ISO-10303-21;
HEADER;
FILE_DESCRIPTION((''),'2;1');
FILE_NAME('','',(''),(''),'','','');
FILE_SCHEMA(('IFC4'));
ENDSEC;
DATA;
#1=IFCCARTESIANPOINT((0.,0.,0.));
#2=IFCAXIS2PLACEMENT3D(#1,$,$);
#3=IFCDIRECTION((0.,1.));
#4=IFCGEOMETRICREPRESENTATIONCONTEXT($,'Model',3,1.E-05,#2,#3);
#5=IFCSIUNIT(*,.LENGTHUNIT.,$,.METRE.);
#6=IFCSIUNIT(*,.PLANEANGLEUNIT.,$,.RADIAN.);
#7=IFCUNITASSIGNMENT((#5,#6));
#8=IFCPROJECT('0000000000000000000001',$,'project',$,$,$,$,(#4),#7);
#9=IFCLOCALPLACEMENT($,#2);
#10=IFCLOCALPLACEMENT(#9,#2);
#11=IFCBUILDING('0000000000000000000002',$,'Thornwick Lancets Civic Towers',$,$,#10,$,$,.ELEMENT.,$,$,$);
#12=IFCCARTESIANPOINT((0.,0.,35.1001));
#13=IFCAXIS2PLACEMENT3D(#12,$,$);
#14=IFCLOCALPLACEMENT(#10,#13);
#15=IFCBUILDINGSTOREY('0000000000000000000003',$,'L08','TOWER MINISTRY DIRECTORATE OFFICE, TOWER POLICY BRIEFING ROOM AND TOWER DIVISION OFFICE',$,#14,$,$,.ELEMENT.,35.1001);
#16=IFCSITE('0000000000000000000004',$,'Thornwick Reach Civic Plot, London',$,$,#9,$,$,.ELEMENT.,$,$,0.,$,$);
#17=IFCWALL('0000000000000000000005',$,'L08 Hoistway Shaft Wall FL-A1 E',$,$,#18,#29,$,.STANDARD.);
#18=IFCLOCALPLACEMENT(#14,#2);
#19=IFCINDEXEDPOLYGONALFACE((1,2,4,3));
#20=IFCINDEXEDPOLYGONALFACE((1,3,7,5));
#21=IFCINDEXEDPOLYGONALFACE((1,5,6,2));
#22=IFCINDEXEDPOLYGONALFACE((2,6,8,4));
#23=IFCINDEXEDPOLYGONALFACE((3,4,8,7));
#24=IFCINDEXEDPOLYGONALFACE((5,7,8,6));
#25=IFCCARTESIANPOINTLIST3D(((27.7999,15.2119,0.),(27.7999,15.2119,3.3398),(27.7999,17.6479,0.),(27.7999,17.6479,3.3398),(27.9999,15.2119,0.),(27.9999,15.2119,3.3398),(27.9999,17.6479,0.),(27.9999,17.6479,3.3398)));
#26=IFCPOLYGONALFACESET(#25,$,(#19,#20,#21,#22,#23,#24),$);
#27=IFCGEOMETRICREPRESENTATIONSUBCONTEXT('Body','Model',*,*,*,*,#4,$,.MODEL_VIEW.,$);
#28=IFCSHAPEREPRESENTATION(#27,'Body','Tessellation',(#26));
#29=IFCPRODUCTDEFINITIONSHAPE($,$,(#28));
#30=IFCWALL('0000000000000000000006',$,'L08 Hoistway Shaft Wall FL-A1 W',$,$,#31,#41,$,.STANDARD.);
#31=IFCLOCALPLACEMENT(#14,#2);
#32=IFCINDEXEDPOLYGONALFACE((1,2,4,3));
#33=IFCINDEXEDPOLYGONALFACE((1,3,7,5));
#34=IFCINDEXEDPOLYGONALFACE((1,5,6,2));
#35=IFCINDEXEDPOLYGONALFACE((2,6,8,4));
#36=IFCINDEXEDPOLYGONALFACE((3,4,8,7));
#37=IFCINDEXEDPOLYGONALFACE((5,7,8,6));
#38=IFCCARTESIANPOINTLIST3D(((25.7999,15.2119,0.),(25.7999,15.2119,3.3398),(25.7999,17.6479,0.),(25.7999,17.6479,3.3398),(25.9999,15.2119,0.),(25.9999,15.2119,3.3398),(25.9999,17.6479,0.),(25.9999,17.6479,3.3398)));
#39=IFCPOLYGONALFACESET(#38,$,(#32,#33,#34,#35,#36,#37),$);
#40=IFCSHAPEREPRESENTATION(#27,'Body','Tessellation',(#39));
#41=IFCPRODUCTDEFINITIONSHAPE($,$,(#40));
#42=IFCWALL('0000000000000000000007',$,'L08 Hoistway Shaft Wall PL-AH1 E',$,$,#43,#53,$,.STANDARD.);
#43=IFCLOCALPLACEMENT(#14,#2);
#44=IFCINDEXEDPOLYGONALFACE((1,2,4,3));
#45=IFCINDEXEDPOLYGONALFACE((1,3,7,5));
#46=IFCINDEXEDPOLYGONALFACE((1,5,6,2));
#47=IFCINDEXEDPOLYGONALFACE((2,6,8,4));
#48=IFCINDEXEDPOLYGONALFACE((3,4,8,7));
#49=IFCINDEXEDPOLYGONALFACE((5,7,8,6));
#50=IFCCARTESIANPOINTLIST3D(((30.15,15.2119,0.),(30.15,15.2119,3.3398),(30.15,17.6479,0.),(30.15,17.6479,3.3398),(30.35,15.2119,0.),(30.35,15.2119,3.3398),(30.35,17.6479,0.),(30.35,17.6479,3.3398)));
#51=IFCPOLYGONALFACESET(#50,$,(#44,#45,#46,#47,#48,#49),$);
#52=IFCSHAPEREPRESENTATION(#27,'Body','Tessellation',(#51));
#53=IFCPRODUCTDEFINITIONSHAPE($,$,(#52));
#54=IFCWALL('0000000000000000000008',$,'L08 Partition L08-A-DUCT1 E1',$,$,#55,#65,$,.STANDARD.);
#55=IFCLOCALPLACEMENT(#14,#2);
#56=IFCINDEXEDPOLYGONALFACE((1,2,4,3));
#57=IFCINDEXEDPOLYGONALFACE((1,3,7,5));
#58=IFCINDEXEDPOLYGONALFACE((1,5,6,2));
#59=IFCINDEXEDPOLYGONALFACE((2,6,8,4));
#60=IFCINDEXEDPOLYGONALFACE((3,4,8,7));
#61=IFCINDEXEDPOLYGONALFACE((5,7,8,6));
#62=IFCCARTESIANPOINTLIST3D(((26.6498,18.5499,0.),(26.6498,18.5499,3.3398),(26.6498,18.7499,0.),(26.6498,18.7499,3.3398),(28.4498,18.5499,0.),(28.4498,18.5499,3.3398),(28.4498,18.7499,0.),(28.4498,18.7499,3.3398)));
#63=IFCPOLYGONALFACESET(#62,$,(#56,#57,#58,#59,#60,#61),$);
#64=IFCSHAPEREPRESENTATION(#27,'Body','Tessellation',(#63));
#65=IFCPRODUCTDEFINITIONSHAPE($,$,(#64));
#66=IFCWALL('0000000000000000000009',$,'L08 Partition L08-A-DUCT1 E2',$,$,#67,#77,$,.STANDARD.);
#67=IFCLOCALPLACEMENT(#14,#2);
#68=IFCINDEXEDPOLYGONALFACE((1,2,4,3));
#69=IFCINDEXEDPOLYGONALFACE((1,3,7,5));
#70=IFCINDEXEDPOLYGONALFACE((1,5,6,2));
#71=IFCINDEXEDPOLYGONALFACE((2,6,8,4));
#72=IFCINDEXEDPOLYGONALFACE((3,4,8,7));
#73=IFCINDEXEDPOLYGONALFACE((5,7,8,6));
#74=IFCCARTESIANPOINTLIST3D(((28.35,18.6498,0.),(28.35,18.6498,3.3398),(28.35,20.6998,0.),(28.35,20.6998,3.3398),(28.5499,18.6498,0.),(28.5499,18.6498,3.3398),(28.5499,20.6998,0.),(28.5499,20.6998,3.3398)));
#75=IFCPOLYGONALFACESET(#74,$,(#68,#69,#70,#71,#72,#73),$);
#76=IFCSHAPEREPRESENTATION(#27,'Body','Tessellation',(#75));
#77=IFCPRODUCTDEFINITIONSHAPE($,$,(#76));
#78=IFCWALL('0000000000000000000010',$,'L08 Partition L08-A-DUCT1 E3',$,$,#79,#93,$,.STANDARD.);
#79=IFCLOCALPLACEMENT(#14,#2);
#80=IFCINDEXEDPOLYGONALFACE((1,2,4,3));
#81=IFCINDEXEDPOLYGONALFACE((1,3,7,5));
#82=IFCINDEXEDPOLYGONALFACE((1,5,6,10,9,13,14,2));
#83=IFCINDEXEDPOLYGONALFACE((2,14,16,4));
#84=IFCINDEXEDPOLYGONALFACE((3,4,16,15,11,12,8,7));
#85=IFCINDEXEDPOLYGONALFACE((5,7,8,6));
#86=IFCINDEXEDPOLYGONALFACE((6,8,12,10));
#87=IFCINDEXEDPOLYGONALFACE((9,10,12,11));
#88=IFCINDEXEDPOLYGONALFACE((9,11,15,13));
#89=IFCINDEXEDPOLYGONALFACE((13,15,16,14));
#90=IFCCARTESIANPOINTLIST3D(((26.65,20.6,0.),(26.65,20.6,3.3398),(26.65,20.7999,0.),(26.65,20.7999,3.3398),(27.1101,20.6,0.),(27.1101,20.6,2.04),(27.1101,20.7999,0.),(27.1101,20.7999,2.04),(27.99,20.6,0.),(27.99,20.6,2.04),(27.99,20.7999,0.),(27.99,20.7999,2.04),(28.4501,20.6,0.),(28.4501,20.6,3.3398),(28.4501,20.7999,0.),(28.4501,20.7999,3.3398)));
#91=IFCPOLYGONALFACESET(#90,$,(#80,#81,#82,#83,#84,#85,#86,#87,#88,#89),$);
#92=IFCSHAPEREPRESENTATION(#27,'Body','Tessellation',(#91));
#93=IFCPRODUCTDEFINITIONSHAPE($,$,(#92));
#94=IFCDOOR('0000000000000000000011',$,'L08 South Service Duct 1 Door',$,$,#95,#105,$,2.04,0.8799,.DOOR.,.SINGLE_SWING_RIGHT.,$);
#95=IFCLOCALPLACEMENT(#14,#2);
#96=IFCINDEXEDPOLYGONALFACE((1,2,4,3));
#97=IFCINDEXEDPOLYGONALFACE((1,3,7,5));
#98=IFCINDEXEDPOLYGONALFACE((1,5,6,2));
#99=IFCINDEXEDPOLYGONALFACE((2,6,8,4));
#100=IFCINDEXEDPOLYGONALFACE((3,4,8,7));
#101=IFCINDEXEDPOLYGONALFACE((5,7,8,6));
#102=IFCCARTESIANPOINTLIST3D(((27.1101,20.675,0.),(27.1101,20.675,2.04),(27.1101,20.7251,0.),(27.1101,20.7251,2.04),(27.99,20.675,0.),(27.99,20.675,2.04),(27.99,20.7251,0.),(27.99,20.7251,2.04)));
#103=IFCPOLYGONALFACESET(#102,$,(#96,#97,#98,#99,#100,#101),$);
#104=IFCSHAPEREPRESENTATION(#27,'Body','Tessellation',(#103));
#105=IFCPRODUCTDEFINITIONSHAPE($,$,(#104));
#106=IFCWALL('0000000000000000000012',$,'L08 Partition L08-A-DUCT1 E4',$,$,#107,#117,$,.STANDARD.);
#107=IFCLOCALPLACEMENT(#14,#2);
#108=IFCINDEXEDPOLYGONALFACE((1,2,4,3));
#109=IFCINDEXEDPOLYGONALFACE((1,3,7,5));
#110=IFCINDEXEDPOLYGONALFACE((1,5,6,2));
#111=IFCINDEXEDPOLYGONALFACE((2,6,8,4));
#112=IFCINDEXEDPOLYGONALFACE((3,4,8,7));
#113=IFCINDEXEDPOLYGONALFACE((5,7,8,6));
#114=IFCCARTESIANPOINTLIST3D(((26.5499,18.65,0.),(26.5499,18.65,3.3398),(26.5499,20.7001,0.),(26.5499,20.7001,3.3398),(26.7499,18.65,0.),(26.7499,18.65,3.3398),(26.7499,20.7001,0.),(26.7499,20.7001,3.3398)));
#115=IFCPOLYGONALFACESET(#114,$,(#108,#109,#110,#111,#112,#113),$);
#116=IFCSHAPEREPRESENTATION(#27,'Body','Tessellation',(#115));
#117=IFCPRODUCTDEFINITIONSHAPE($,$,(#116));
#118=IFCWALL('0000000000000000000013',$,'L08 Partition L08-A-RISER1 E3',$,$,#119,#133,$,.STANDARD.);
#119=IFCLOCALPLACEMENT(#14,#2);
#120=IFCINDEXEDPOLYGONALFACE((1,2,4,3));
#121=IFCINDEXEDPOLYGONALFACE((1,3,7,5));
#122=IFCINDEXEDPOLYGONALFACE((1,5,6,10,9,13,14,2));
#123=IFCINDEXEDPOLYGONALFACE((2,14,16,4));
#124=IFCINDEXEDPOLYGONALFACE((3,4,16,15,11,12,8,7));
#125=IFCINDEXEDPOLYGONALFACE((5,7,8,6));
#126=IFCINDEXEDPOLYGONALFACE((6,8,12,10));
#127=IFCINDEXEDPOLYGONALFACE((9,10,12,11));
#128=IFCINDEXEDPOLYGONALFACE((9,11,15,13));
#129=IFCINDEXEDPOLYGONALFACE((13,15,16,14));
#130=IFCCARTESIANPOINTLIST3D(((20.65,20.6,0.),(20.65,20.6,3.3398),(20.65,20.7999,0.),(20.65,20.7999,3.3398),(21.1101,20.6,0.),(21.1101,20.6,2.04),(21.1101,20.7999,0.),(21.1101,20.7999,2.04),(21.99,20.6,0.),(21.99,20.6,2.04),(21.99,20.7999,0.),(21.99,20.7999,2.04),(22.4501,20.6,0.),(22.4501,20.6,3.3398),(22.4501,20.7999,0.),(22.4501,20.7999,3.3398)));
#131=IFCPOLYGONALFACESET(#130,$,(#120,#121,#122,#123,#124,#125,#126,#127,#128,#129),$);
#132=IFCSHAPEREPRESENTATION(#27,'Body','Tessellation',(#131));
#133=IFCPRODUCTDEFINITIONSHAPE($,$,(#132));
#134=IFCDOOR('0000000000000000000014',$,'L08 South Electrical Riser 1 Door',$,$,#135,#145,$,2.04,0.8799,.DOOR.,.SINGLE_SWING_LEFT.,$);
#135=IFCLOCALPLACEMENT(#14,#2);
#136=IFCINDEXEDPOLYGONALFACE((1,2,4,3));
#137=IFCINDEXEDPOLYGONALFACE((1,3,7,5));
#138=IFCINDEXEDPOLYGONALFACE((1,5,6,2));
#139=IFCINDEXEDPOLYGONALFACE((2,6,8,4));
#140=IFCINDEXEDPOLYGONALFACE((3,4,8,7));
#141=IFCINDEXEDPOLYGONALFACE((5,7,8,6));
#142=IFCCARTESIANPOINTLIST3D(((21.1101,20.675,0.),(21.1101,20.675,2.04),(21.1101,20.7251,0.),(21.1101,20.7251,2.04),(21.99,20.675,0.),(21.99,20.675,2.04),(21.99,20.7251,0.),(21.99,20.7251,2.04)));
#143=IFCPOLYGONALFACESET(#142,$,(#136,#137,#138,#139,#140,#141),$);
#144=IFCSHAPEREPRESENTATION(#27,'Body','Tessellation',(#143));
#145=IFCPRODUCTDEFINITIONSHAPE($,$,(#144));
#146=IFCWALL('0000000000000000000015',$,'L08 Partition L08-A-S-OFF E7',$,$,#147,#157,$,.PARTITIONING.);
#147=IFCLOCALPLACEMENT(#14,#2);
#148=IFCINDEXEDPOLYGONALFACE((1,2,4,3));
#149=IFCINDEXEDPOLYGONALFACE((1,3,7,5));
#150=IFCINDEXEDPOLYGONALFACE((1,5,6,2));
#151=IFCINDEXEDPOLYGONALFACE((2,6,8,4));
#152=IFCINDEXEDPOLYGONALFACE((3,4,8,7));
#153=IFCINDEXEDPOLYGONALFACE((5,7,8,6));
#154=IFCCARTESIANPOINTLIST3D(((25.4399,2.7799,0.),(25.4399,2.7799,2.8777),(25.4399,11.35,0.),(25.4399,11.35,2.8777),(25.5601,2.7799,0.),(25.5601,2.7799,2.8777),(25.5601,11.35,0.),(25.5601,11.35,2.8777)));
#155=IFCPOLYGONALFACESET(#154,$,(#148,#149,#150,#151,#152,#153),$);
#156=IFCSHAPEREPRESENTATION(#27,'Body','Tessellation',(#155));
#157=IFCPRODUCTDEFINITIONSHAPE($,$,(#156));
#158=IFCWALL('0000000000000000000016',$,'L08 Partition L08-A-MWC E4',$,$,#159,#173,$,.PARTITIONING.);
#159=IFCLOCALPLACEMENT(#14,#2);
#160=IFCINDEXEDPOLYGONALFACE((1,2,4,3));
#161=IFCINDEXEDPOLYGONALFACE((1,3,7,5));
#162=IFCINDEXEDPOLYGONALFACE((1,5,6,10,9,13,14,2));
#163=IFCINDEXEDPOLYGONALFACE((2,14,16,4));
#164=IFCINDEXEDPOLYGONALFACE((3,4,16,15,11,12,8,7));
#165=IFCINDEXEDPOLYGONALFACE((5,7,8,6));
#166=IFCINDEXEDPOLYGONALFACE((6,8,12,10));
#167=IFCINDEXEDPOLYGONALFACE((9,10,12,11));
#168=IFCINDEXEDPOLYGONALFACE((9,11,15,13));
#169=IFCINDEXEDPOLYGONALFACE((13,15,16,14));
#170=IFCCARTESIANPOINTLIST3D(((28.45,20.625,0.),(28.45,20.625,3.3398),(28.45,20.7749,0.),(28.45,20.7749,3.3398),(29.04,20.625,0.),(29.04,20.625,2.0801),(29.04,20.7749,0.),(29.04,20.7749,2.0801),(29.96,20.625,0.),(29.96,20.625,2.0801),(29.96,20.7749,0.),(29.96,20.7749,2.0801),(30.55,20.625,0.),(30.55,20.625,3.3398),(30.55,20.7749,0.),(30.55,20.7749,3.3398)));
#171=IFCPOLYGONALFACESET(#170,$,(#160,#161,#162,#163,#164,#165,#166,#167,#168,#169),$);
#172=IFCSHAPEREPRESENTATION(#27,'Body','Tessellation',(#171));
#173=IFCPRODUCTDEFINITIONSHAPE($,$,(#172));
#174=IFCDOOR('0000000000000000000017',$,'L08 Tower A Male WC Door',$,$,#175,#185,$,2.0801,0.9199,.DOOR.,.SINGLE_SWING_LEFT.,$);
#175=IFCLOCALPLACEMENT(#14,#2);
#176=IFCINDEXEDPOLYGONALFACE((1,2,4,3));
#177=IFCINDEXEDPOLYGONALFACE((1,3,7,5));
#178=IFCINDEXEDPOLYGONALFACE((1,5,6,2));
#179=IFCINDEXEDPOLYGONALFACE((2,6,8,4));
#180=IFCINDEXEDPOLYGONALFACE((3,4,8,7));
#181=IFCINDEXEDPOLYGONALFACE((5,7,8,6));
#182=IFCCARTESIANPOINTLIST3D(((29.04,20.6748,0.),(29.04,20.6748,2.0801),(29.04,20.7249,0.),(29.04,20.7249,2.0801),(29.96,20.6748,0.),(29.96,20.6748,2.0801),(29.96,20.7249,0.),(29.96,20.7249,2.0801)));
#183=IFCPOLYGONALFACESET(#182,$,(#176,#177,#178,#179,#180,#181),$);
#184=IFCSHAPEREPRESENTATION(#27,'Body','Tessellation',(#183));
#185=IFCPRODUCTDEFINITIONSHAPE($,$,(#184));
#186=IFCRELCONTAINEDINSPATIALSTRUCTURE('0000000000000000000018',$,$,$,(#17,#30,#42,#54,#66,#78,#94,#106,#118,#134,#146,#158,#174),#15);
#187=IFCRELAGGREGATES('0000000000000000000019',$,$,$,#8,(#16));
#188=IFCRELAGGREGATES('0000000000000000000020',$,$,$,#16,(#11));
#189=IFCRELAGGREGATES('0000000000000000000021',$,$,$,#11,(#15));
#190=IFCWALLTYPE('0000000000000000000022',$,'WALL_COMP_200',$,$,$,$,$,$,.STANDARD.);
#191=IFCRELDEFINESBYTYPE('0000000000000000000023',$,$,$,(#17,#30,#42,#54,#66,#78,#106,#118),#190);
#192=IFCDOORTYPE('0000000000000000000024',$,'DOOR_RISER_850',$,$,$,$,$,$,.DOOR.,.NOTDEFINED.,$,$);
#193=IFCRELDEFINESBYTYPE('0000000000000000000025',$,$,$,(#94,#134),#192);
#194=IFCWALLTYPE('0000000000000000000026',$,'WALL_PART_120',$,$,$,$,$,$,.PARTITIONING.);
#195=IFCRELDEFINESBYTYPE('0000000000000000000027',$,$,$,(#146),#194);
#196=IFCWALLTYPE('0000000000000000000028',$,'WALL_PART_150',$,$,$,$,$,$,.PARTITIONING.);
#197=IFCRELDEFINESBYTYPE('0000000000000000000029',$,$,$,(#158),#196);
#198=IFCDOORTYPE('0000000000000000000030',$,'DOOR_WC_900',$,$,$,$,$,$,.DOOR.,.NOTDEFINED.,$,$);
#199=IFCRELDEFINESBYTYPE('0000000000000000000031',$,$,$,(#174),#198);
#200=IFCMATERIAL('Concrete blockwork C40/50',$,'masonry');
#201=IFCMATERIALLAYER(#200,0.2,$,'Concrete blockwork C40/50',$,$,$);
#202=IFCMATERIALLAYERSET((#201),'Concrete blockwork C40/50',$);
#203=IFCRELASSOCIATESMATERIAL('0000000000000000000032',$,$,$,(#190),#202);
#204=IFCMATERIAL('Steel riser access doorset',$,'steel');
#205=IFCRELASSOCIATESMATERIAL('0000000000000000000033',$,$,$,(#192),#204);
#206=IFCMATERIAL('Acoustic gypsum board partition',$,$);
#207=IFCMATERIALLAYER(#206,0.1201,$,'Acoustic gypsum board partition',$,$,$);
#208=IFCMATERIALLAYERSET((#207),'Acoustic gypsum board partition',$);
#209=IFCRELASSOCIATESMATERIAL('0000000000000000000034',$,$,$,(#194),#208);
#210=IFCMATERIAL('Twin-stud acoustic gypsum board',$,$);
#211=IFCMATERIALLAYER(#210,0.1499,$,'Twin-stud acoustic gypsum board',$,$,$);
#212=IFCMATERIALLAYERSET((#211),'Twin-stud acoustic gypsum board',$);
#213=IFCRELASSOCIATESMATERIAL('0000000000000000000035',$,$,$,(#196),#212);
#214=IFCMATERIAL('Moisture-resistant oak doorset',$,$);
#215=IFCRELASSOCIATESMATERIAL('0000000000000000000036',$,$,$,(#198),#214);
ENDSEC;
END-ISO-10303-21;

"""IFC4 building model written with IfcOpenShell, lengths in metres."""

from ifc_helpers import new_model, si_unit, direction, frame, frame_2d, origin, place, context, subcontext, project, spatial, rectangle, extrude, material, layer, layer_set, type_object, element, fill, save


model = new_model("IFC4")

# Units and contexts
model_context = context("Model", 3, precision=1e-05, world=origin(), true_north=direction((0.0, 1.0)))
body_context = subcontext(model_context, "Body", "Model", "MODEL_VIEW")
ifc_project = project(units=[si_unit("LENGTHUNIT", "METRE"), si_unit("PLANEANGLEUNIT", "RADIAN")], contexts=[model_context])

# Site, building, storey
site_placement = place(None, origin())
site = spatial("IfcSite", under=ifc_project, at=site_placement, Name="Thornwick Reach Civic Plot, London", CompositionType="ELEMENT", RefElevation=0.0)
building_placement = place(site_placement, origin())
building = spatial("IfcBuilding", under=site, at=building_placement, Name="Thornwick Lancets Civic Towers", CompositionType="ELEMENT")
storey_placement = place(building_placement, frame((0.0, 0.0, 35.1001)))
storey = spatial("IfcBuildingStorey", under=building, at=storey_placement, Name="L08", Description="TOWER MINISTRY DIRECTORATE OFFICE, TOWER POLICY BRIEFING ROOM AND TOWER DIVISION OFFICE", CompositionType="ELEMENT", Elevation=35.1001)

# Shared definitions
ifc_material_1 = material(Name="Concrete blockwork C40/50", Category="masonry")
ifc_layer_1 = layer(ifc_material_1, 0.2, Name="Concrete blockwork C40/50")
ifc_layer_set_1 = layer_set([ifc_layer_1], Name="Concrete blockwork C40/50")
wall_type_1 = type_object("IfcWallType", Name="WALL_COMP_200", PredefinedType="STANDARD", material=ifc_layer_set_1)

# Walls
for number, where, z_axis, x_axis, name in (
    (1, (27.8999, 15.2119, 0.0), (0.0, 0.0, 1.0), (0.0, 1.0, 0.0), "L08 Hoistway Shaft Wall FL-A1 E"),
    (2, (25.8999, 15.2119, 0.0), (0.0, 0.0, 1.0), (0.0, 1.0, 0.0), "L08 Hoistway Shaft Wall FL-A1 W"),
    (3, (30.25, 15.2119, 0.0), (0.0, 0.0, 1.0), (0.0, 1.0, 0.0), "L08 Hoistway Shaft Wall PL-AH1 E"),
):
    element("IfcWall", number, at=place(storey_placement, frame(where, z_axis=z_axis, x_axis=x_axis)), inside=storey, type_object=wall_type_1, Name=name, PredefinedType="STANDARD", context=body_context, shape_type="SweptSolid", body=[
        extrude(rectangle(XDim=2.436, YDim=0.2, at=frame_2d((1.218, 0.0))), origin(), (0.0, 0.0, 1.0), 3.3398),
    ])
wall_1_placement = place(storey_placement, frame((26.6499, 18.6499, 0.0), z_axis=(0.0, 0.0, 1.0), x_axis=(1.0, 0.0, 0.0)))
element("IfcWall", 4, at=wall_1_placement, inside=storey, type_object=wall_type_1, Name="L08 Partition L08-A-DUCT1 E1", PredefinedType="STANDARD", context=body_context, shape_type="SweptSolid", body=[
    extrude(rectangle(XDim=1.8, YDim=0.2, at=frame_2d((0.8999, 0.0))), origin(), (0.0, 0.0, 1.0), 3.3398),
])
wall_2_placement = place(storey_placement, frame((28.45, 18.6499, 0.0), z_axis=(0.0, 0.0, 1.0), x_axis=(0.0, 1.0, 0.0)))
element("IfcWall", 5, at=wall_2_placement, inside=storey, type_object=wall_type_1, Name="L08 Partition L08-A-DUCT1 E2", PredefinedType="STANDARD", context=body_context, shape_type="SweptSolid", body=[
    extrude(rectangle(XDim=2.05, YDim=0.2, at=frame_2d((1.0249, 0.0))), origin(), (0.0, 0.0, 1.0), 3.3398),
])

# Wall, opening, door
wall_3_placement = place(storey_placement, frame((28.45, 20.7, 0.0), z_axis=(0.0, 0.0, 1.0), x_axis=(-1.0, 0.0, 0.0)))
wall_3 = element("IfcWall", 6, at=wall_3_placement, inside=storey, type_object=wall_type_1, Name="L08 Partition L08-A-DUCT1 E3", PredefinedType="STANDARD", context=body_context, shape_type="SweptSolid", body=[
    extrude(rectangle(XDim=1.8, YDim=0.2, at=frame_2d((0.8999, 0.0))), origin(), (0.0, 0.0, 1.0), 3.3398),
])
opening_1_placement = place(wall_3_placement, frame((0.46, 0.0, 0.0)))
opening_1 = element("IfcOpeningElement", 7, at=opening_1_placement, cuts=wall_3, PredefinedType="OPENING", context=body_context, shape_type="SweptSolid", body=[
    extrude(rectangle(XDim=0.8799, YDim=2.04, at=frame_2d((0.4399, 1.02))), frame((0.0, 0.1099, 0.0), z_axis=(0.0, -1.0, 0.0), x_axis=(1.0, 0.0, 0.0)), (0.0, 0.0, 1.0), 0.22),
])
ifc_material_2 = material(Name="Steel riser access doorset", Category="steel")
door_type_1 = type_object("IfcDoorType", Name="DOOR_RISER_850", OperationType="NOTDEFINED", PredefinedType="DOOR", material=ifc_material_2)
door_1_placement = place(opening_1_placement, origin())
door_1 = element("IfcDoor", 8, at=door_1_placement, inside=storey, type_object=door_type_1, Name="L08 South Service Duct 1 Door", OperationType="SINGLE_SWING_RIGHT", OverallHeight=2.04, OverallWidth=0.8799, PredefinedType="DOOR", context=body_context, shape_type="SweptSolid", body=[
    extrude(rectangle(XDim=0.8799, YDim=2.04, at=frame_2d((0.4399, 1.02))), frame((0.0, 0.0249, 0.0), z_axis=(0.0, -1.0, 0.0), x_axis=(1.0, 0.0, 0.0)), (0.0, 0.0, 1.0), 0.05),
])
fill(opening_1, door_1)

# Wall
wall_4_placement = place(storey_placement, frame((26.6499, 20.7, 0.0), z_axis=(0.0, 0.0, 1.0), x_axis=(0.0, -1.0, 0.0)))
element("IfcWall", 9, at=wall_4_placement, inside=storey, type_object=wall_type_1, Name="L08 Partition L08-A-DUCT1 E4", PredefinedType="STANDARD", context=body_context, shape_type="SweptSolid", body=[
    extrude(rectangle(XDim=2.05, YDim=0.2, at=frame_2d((1.0249, 0.0))), origin(), (0.0, 0.0, 1.0), 3.3398),
])

# Wall, opening, door
wall_5_placement = place(storey_placement, frame((22.45, 20.7, 0.0), z_axis=(0.0, 0.0, 1.0), x_axis=(-1.0, 0.0, 0.0)))
wall_5 = element("IfcWall", 10, at=wall_5_placement, inside=storey, type_object=wall_type_1, Name="L08 Partition L08-A-RISER1 E3", PredefinedType="STANDARD", context=body_context, shape_type="SweptSolid", body=[
    extrude(rectangle(XDim=1.8, YDim=0.2, at=frame_2d((0.8999, 0.0))), origin(), (0.0, 0.0, 1.0), 3.3398),
])
opening_2_placement = place(wall_5_placement, frame((0.46, 0.0, 0.0)))
opening_2 = element("IfcOpeningElement", 11, at=opening_2_placement, cuts=wall_5, PredefinedType="OPENING", context=body_context, shape_type="SweptSolid", body=[
    extrude(rectangle(XDim=0.8799, YDim=2.04, at=frame_2d((0.4399, 1.02))), frame((0.0, 0.1099, 0.0), z_axis=(0.0, -1.0, 0.0), x_axis=(1.0, 0.0, 0.0)), (0.0, 0.0, 1.0), 0.22),
])
door_2_placement = place(opening_2_placement, origin())
door_2 = element("IfcDoor", 12, at=door_2_placement, inside=storey, type_object=door_type_1, Name="L08 South Electrical Riser 1 Door", OperationType="SINGLE_SWING_LEFT", OverallHeight=2.04, OverallWidth=0.8799, PredefinedType="DOOR", context=body_context, shape_type="SweptSolid", body=[
    extrude(rectangle(XDim=0.8799, YDim=2.04, at=frame_2d((0.4399, 1.02))), frame((0.0, 0.0249, 0.0), z_axis=(0.0, -1.0, 0.0), x_axis=(1.0, 0.0, 0.0)), (0.0, 0.0, 1.0), 0.05),
])
fill(opening_2, door_2)

# Wall
ifc_material_3 = material(Name="Acoustic gypsum board partition")
ifc_layer_2 = layer(ifc_material_3, 0.1201, Name="Acoustic gypsum board partition")
ifc_layer_set_2 = layer_set([ifc_layer_2], Name="Acoustic gypsum board partition")
wall_type_2 = type_object("IfcWallType", Name="WALL_PART_120", PredefinedType="PARTITIONING", material=ifc_layer_set_2)
wall_6_placement = place(storey_placement, frame((25.5, 11.3501, 0.0), z_axis=(0.0, 0.0, 1.0), x_axis=(0.0, -1.0, 0.0)))
element("IfcWall", 13, at=wall_6_placement, inside=storey, type_object=wall_type_2, Name="L08 Partition L08-A-S-OFF E7", PredefinedType="PARTITIONING", context=body_context, shape_type="SweptSolid", body=[
    extrude(rectangle(XDim=8.5701, YDim=0.1201, at=frame_2d((4.2852, 0.0))), origin(), (0.0, 0.0, 1.0), 2.8777),
])

# Wall, opening, door
ifc_material_4 = material(Name="Twin-stud acoustic gypsum board")
ifc_layer_3 = layer(ifc_material_4, 0.1499, Name="Twin-stud acoustic gypsum board")
ifc_layer_set_3 = layer_set([ifc_layer_3], Name="Twin-stud acoustic gypsum board")
wall_type_3 = type_object("IfcWallType", Name="WALL_PART_150", PredefinedType="PARTITIONING", material=ifc_layer_set_3)
wall_7_placement = place(storey_placement, frame((28.45, 20.7, 0.0), z_axis=(0.0, 0.0, 1.0), x_axis=(1.0, 0.0, 0.0)))
wall_7 = element("IfcWall", 14, at=wall_7_placement, inside=storey, type_object=wall_type_3, Name="L08 Partition L08-A-MWC E4", PredefinedType="PARTITIONING", context=body_context, shape_type="SweptSolid", body=[
    extrude(rectangle(XDim=2.1001, YDim=0.1499, at=frame_2d((1.05, 0.0))), origin(), (0.0, 0.0, 1.0), 3.3398),
])
opening_3_placement = place(wall_7_placement, frame((0.5901, 0.0, 0.0)))
opening_3 = element("IfcOpeningElement", 15, at=opening_3_placement, cuts=wall_7, PredefinedType="OPENING", context=body_context, shape_type="SweptSolid", body=[
    extrude(rectangle(XDim=0.9199, YDim=2.0801, at=frame_2d((0.46, 1.04))), frame((0.0, 0.085, 0.0), z_axis=(0.0, -1.0, 0.0), x_axis=(1.0, 0.0, 0.0)), (0.0, 0.0, 1.0), 0.1699),
])
ifc_material_5 = material(Name="Moisture-resistant oak doorset")
door_type_2 = type_object("IfcDoorType", Name="DOOR_WC_900", OperationType="NOTDEFINED", PredefinedType="DOOR", material=ifc_material_5)
door_3_placement = place(opening_3_placement, origin())
door_3 = element("IfcDoor", 16, at=door_3_placement, inside=storey, type_object=door_type_2, Name="L08 Tower A Male WC Door", OperationType="SINGLE_SWING_LEFT", OverallHeight=2.0801, OverallWidth=0.9199, PredefinedType="DOOR", context=body_context, shape_type="SweptSolid", body=[
    extrude(rectangle(XDim=0.9199, YDim=2.0801, at=frame_2d((0.46, 1.04))), frame((0.0, 0.0249, 0.0), z_axis=(0.0, -1.0, 0.0), x_axis=(1.0, 0.0, 0.0)), (0.0, 0.0, 1.0), 0.05),
])
fill(opening_3, door_3)

save(model, "model.ifc")
